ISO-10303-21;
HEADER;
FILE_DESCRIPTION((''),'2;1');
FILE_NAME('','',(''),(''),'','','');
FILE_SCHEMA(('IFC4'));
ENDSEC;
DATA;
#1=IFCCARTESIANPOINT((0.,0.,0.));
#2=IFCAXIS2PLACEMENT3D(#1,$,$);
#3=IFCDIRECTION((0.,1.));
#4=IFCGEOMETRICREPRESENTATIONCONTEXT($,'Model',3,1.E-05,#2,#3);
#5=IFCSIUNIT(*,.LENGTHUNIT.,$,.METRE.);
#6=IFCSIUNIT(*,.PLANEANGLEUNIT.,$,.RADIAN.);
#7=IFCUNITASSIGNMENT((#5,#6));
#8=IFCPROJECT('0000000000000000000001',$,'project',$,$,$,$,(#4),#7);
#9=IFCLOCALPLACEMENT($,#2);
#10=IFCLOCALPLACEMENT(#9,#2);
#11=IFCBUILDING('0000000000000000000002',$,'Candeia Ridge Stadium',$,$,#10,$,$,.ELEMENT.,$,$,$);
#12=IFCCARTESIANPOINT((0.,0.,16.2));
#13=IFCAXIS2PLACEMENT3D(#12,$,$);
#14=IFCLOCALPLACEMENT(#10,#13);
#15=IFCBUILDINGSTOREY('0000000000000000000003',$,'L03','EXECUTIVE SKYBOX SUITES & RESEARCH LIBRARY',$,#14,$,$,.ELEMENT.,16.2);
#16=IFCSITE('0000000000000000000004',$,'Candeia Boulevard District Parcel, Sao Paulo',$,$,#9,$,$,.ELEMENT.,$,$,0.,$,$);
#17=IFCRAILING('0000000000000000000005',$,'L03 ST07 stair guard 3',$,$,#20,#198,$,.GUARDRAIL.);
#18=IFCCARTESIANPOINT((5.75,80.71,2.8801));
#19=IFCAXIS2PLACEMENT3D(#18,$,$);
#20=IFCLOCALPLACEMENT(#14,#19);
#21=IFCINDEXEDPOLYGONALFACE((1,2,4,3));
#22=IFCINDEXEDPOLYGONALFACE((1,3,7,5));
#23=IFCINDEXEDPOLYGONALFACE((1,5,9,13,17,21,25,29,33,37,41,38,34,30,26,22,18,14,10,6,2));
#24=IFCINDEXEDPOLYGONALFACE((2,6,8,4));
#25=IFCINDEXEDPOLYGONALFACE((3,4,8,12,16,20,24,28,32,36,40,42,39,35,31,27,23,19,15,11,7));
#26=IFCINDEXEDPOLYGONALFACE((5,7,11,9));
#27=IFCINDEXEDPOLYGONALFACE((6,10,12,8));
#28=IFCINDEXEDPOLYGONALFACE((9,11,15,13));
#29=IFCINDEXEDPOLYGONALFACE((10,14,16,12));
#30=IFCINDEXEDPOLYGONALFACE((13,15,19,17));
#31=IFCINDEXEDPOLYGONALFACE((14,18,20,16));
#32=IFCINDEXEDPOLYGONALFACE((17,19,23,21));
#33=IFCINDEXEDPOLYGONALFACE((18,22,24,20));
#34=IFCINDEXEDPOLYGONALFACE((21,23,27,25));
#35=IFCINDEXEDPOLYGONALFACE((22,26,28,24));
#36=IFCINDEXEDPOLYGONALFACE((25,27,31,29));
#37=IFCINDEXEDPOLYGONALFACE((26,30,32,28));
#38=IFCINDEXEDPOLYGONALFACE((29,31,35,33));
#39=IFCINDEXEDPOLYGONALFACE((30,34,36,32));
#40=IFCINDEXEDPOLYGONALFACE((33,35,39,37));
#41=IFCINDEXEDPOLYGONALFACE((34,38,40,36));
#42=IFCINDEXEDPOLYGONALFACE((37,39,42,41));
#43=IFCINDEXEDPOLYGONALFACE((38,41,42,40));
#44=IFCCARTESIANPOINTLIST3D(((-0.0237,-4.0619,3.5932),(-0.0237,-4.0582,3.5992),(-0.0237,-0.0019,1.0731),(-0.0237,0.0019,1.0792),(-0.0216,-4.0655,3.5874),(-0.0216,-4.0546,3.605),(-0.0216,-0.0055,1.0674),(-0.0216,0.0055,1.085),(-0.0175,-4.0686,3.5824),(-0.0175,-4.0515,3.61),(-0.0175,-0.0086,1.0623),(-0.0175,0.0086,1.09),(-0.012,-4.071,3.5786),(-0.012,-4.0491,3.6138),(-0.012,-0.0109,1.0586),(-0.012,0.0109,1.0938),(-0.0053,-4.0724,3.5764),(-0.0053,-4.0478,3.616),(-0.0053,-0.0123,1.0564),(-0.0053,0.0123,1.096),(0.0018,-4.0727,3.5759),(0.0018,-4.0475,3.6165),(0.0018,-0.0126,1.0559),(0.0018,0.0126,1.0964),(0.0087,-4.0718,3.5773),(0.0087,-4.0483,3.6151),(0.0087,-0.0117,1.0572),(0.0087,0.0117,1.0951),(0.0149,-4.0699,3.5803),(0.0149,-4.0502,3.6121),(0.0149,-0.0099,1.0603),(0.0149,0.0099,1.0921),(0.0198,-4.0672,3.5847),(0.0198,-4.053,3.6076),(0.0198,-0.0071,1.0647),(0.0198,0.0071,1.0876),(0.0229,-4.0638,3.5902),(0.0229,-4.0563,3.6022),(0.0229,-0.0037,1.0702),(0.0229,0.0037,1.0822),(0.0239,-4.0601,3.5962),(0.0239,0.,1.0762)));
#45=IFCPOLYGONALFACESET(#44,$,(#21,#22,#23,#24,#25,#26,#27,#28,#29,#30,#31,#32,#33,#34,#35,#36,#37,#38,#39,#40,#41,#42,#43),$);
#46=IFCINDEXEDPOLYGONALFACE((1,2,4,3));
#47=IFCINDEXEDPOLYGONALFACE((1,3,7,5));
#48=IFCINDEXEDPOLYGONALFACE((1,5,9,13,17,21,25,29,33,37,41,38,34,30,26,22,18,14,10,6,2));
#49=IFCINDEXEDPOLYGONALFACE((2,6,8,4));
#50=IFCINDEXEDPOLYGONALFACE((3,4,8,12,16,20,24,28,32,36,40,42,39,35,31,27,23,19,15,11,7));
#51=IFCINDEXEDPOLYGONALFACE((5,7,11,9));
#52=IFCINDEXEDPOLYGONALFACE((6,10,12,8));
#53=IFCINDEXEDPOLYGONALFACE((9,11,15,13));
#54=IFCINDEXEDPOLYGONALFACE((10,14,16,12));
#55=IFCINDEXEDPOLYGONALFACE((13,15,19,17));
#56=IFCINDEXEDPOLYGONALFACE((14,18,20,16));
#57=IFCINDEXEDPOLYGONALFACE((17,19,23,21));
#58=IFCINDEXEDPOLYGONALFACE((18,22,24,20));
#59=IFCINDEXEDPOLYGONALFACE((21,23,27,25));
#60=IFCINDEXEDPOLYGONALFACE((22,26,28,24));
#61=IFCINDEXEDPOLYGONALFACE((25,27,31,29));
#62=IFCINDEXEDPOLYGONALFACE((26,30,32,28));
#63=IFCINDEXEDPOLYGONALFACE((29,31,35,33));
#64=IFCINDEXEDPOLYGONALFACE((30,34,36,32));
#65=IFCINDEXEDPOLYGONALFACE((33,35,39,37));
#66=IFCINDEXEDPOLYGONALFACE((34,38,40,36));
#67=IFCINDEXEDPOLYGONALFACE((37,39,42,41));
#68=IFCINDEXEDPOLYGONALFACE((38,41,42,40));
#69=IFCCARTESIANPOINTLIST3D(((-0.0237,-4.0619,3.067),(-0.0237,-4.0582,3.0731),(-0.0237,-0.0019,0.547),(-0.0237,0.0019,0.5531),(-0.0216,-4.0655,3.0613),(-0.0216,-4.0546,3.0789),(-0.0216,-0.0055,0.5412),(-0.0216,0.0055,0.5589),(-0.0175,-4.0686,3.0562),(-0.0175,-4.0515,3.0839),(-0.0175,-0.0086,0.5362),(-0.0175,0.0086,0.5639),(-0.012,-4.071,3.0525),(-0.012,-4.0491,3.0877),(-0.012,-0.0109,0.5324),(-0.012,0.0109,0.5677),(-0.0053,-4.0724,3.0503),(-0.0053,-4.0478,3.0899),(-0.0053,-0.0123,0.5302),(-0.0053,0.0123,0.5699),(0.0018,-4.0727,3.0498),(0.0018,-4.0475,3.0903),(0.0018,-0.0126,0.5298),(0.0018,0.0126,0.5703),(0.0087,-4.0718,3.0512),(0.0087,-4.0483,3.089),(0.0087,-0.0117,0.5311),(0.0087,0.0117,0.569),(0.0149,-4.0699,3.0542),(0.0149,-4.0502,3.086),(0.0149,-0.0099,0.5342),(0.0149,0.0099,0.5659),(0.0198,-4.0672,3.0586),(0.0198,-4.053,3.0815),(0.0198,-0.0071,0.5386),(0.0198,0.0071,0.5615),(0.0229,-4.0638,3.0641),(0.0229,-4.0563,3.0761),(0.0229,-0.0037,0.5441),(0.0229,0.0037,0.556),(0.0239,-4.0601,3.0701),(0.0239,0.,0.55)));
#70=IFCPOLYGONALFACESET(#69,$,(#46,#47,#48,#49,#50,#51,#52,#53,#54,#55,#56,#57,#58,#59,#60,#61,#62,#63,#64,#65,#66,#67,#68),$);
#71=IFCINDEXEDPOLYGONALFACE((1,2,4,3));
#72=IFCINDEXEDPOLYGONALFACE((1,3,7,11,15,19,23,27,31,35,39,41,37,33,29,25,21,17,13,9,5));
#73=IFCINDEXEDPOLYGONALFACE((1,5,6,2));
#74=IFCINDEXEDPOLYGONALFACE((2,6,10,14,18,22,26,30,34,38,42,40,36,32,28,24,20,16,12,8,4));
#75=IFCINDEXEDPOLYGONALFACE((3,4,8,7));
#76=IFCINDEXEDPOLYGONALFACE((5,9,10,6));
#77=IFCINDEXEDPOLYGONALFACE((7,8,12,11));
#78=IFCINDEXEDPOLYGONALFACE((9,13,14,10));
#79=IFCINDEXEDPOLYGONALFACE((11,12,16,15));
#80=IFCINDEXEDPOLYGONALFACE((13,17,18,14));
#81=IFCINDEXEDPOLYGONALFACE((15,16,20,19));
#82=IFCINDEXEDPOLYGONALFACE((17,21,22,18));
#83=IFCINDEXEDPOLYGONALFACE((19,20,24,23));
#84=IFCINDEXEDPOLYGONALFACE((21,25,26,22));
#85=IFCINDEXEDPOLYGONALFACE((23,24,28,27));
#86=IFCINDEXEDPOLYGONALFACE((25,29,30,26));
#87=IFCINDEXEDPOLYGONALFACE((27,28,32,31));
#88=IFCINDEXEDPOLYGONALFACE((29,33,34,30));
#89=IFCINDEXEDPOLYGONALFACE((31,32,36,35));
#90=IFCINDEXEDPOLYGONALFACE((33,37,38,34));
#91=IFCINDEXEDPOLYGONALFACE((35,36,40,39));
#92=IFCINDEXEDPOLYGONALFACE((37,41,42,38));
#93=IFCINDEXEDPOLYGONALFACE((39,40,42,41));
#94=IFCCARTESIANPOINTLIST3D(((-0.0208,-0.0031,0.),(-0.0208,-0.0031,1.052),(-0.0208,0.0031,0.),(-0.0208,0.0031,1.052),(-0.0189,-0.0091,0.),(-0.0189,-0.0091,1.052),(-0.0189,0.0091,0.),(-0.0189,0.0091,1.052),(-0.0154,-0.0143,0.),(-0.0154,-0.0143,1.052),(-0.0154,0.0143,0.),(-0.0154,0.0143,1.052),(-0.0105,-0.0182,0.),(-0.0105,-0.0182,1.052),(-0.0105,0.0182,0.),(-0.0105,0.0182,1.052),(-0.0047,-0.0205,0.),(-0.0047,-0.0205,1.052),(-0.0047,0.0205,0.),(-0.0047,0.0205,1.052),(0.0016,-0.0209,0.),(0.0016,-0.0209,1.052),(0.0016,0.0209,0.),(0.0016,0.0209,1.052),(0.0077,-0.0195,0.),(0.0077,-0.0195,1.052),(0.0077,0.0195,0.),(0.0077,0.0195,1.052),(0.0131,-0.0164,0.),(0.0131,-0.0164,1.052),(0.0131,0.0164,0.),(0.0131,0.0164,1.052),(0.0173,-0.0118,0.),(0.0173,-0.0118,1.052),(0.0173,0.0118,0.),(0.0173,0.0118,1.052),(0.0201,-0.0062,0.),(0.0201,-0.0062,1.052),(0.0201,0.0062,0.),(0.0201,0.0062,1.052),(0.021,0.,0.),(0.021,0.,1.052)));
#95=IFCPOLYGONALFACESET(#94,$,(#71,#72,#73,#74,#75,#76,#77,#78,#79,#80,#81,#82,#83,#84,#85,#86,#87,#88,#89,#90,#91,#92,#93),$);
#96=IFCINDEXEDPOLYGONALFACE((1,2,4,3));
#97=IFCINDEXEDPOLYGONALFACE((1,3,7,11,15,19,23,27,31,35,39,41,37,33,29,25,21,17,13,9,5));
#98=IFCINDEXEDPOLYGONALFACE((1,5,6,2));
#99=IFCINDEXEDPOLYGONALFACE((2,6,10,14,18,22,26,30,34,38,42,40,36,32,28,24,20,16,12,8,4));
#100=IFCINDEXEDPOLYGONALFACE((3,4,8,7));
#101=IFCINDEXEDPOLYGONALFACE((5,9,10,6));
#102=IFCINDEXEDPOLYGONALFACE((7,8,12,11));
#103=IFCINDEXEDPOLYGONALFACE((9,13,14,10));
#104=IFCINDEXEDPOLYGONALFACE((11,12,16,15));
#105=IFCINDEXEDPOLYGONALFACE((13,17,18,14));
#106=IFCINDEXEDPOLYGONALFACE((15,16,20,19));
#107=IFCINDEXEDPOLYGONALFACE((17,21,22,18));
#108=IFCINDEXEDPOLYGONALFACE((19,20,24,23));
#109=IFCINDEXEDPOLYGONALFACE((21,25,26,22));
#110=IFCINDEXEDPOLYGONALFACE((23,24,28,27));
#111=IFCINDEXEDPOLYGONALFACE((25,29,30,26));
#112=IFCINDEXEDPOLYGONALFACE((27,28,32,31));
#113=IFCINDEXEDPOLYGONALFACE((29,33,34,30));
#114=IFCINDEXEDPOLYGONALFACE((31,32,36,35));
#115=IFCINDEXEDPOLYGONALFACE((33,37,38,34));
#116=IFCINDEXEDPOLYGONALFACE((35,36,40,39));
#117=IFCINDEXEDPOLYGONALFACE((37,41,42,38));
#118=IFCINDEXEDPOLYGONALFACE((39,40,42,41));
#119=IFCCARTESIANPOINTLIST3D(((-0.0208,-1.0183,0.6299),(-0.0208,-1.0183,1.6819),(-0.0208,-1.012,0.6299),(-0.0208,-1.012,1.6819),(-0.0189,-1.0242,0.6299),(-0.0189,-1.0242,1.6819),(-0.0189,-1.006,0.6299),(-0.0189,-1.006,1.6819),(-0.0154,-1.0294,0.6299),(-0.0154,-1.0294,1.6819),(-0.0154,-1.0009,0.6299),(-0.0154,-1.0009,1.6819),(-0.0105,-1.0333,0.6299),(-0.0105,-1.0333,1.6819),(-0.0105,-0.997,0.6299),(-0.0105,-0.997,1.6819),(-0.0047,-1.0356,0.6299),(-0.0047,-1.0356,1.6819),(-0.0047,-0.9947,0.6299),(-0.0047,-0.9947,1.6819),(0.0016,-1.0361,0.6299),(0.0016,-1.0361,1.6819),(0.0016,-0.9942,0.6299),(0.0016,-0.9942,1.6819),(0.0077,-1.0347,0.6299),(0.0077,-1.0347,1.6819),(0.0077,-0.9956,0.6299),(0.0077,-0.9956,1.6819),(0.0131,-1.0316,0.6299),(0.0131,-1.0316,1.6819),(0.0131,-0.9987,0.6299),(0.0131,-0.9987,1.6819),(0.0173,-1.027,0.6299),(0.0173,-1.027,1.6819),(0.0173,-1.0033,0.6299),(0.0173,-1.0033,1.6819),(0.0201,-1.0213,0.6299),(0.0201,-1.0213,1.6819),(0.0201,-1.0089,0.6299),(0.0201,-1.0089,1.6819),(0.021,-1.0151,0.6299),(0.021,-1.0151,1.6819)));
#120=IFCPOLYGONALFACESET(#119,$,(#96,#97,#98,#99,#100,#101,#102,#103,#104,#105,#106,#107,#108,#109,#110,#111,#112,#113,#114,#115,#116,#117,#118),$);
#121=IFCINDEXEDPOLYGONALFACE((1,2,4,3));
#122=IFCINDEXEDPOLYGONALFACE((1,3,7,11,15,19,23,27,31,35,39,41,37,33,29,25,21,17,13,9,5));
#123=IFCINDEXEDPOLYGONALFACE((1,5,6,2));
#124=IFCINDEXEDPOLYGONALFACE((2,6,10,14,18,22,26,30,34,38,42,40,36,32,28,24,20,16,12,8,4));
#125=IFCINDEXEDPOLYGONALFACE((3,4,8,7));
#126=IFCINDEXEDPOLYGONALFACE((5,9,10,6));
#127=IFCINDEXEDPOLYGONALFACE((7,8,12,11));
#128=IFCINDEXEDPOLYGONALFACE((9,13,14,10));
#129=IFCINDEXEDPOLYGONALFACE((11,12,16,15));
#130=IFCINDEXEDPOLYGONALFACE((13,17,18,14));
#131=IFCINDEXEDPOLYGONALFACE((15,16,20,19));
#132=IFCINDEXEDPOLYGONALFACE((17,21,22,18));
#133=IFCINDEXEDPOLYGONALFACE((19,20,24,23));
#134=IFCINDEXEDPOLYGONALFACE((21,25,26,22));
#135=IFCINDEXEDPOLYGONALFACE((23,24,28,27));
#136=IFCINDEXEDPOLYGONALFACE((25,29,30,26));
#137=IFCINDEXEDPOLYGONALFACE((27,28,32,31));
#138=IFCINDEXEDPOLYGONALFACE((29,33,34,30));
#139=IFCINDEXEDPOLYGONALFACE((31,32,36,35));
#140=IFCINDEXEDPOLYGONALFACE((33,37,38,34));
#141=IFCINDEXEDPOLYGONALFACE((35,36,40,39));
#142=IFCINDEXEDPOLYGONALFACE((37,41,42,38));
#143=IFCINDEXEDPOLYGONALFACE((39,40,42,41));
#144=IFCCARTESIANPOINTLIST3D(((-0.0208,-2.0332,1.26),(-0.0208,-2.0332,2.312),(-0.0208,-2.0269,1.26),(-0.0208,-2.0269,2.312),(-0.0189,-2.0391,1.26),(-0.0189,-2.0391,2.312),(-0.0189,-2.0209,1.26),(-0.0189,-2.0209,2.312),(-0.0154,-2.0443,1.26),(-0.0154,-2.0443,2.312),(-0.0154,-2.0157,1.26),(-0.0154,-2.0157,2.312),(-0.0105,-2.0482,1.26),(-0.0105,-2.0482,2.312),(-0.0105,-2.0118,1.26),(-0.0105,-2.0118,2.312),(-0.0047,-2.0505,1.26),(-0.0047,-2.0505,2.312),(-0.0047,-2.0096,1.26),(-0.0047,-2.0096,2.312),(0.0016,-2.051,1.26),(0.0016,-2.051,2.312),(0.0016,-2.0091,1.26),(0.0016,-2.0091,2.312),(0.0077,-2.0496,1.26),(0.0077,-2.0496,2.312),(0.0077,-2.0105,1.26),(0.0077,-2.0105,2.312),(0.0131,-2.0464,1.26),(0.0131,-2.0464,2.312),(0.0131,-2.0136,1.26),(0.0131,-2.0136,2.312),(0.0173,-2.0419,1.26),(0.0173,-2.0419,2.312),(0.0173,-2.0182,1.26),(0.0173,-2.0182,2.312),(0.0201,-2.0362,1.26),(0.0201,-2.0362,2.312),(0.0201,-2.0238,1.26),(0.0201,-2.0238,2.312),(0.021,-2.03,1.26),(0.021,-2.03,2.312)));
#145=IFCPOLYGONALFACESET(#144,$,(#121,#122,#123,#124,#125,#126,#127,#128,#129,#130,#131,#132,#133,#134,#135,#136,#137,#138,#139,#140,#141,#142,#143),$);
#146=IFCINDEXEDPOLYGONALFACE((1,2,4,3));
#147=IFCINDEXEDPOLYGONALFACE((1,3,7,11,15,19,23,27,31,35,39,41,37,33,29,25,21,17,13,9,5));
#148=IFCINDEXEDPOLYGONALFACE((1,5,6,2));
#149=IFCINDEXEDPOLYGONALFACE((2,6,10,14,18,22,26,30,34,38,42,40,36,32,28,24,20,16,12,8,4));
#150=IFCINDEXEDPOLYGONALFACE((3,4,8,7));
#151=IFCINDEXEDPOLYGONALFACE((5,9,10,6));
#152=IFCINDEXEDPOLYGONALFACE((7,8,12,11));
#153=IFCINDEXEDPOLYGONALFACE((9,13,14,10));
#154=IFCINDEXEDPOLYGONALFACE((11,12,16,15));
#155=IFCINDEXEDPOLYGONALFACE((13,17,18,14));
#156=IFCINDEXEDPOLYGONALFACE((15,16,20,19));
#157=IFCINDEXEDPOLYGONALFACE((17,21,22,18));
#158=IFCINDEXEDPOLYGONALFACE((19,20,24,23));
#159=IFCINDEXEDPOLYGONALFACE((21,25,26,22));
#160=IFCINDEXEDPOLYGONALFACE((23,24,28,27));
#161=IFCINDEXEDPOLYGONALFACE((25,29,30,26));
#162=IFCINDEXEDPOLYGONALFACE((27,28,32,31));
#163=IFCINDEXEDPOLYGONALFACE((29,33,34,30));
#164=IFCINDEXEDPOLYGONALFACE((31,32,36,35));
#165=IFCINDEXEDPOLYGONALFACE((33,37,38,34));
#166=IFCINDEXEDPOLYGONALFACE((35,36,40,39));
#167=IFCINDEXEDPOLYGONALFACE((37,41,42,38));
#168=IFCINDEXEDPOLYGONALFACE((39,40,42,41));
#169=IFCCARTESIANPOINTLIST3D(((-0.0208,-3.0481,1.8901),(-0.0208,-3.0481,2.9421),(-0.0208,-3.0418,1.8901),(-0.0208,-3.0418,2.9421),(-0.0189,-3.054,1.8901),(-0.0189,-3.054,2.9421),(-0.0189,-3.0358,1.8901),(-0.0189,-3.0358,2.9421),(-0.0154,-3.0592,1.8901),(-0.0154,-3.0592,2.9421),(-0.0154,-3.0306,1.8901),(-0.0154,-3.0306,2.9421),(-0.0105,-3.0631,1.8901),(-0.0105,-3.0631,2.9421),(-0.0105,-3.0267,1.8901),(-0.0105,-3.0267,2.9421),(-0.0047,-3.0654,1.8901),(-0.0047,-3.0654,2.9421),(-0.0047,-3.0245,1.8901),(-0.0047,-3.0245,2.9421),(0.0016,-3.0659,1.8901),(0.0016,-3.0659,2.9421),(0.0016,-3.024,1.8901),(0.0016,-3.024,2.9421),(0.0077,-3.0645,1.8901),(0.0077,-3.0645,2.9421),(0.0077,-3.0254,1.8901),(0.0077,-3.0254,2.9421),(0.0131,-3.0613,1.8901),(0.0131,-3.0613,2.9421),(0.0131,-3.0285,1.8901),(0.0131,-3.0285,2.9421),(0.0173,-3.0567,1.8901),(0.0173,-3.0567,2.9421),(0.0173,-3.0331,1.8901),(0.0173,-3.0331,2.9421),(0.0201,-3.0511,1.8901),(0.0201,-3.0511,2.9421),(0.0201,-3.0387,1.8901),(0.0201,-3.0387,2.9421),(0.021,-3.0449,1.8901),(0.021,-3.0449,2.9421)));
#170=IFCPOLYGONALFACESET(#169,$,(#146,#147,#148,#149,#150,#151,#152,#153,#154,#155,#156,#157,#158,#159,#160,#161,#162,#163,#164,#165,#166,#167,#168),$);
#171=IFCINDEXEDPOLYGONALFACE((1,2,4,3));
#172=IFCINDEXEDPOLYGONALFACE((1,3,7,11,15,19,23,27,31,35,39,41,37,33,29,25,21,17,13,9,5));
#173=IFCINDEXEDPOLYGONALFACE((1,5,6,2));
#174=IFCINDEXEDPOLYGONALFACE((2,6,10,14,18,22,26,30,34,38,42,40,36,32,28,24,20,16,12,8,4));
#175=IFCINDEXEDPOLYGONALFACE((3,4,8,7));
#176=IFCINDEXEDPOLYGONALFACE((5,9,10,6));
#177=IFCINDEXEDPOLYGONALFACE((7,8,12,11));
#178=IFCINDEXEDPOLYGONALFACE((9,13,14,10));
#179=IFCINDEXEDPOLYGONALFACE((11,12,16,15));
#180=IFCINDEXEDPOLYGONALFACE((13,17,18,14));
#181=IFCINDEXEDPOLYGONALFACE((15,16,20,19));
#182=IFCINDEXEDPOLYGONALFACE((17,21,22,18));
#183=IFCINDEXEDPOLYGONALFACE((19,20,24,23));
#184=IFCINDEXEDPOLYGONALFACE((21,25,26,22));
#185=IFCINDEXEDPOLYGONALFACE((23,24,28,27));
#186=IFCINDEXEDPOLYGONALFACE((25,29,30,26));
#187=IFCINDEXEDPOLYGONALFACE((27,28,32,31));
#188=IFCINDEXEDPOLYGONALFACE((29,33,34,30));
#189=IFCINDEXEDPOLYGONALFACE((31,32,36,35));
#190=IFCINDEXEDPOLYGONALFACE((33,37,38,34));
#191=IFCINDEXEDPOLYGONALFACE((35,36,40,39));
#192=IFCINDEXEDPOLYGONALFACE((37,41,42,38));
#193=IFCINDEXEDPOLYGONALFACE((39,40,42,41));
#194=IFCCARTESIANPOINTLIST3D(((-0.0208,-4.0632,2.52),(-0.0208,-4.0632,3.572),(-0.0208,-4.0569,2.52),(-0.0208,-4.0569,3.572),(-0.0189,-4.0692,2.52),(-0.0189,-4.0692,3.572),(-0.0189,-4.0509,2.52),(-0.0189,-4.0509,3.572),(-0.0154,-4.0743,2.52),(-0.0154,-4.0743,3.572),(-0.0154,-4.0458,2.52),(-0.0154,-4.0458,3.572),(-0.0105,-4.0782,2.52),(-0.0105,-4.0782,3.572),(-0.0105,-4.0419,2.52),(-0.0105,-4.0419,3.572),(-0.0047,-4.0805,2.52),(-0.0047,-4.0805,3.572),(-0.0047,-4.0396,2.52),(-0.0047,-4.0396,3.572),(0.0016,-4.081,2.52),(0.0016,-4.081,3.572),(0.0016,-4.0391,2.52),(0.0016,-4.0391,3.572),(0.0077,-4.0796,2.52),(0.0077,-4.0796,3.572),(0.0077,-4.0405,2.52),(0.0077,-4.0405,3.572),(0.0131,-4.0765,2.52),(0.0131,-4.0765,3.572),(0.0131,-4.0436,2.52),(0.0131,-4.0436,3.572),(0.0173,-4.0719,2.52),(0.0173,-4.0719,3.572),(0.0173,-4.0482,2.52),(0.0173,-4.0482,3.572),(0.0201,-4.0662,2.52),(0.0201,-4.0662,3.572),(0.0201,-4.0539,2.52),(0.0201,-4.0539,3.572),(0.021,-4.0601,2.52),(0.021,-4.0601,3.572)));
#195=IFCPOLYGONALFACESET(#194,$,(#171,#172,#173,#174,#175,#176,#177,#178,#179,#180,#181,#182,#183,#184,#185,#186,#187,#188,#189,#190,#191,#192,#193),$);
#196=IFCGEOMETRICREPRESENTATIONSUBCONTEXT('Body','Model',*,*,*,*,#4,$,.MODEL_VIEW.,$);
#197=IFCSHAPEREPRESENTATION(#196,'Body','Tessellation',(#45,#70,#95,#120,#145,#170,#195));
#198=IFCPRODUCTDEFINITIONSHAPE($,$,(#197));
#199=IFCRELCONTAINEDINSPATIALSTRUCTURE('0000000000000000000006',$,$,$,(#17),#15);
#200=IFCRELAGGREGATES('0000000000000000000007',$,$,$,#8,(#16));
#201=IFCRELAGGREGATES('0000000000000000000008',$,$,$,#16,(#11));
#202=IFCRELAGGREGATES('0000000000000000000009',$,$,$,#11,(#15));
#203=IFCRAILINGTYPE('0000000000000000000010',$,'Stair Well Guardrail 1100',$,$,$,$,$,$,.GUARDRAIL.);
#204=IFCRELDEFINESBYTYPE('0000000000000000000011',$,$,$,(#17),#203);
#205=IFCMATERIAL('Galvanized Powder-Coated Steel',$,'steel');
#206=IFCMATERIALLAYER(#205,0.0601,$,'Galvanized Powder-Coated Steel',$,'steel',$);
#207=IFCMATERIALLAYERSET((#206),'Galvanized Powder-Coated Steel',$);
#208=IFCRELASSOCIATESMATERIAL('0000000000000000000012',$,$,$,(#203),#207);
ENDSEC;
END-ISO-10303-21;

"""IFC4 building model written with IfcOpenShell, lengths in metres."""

from ifc_helpers import new_model, si_unit, direction, frame, origin, origin_2d, place, context, subcontext, project, spatial, circle, extrude, material, layer, layer_set, type_object, element, save


model = new_model("IFC4")

# Units and contexts
model_context = context("Model", 3, precision=1e-05, world=origin(), true_north=direction((0.0, 1.0)))
body_context = subcontext(model_context, "Body", "Model", "MODEL_VIEW")
ifc_project = project(units=[si_unit("LENGTHUNIT", "METRE"), si_unit("PLANEANGLEUNIT", "RADIAN")], contexts=[model_context])

# Site, building, storey
site_placement = place(None, origin())
site = spatial("IfcSite", under=ifc_project, at=site_placement, Name="Candeia Boulevard District Parcel, Sao Paulo", CompositionType="ELEMENT", RefElevation=0.0)
building_placement = place(site_placement, origin())
building = spatial("IfcBuilding", under=site, at=building_placement, Name="Candeia Ridge Stadium", CompositionType="ELEMENT")
storey_placement = place(building_placement, frame((0.0, 0.0, 16.2)))
storey = spatial("IfcBuildingStorey", under=building, at=storey_placement, Name="L03", Description="EXECUTIVE SKYBOX SUITES & RESEARCH LIBRARY", CompositionType="ELEMENT", Elevation=16.2)

# Railing
ifc_material_1 = material(Name="Galvanized Powder-Coated Steel", Category="steel")
ifc_layer_1 = layer(ifc_material_1, 0.0601, Name="Galvanized Powder-Coated Steel", Category="steel")
ifc_layer_set_1 = layer_set([ifc_layer_1], Name="Galvanized Powder-Coated Steel")
railing_type_1 = type_object("IfcRailingType", Name="Stair Well Guardrail 1100", PredefinedType="GUARDRAIL", material=ifc_layer_set_1)
railing_1_placement = place(storey_placement, frame((5.75, 80.71, 2.8801)))
element("IfcRailing", 1, at=railing_1_placement, inside=storey, type_object=railing_type_1, Name="L03 ST07 stair guard 3", PredefinedType="GUARDRAIL", context=body_context, shape_type="SweptSolid", body=[
    extrude(circle(Radius=0.0239, at=origin_2d()), frame((0.0, 0.0, 1.0762), z_axis=(0.0, -0.849642, 0.52736), x_axis=(1.0, 0.0, 0.0)), (0.0, 0.0, 1.0), 4.7786),
    extrude(circle(Radius=0.0239, at=origin_2d()), frame((0.0, 0.0, 0.55), z_axis=(0.0, -0.849642, 0.52736), x_axis=(1.0, 0.0, 0.0)), (0.0, 0.0, 1.0), 4.7786),
    extrude(circle(Radius=0.021, at=origin_2d()), origin(), (0.0, 0.0, 1.0), 1.052),
    extrude(circle(Radius=0.021, at=origin_2d()), frame((0.0, -1.0151, 0.6299)), (0.0, 0.0, 1.0), 1.052),
    extrude(circle(Radius=0.021, at=origin_2d()), frame((0.0, -2.03, 1.26)), (0.0, 0.0, 1.0), 1.052),
    extrude(circle(Radius=0.021, at=origin_2d()), frame((0.0, -3.0449, 1.8901)), (0.0, 0.0, 1.0), 1.052),
    extrude(circle(Radius=0.021, at=origin_2d()), frame((0.0, -4.0601, 2.52)), (0.0, 0.0, 1.0), 1.052),
])

save(model, "model.ifc")
